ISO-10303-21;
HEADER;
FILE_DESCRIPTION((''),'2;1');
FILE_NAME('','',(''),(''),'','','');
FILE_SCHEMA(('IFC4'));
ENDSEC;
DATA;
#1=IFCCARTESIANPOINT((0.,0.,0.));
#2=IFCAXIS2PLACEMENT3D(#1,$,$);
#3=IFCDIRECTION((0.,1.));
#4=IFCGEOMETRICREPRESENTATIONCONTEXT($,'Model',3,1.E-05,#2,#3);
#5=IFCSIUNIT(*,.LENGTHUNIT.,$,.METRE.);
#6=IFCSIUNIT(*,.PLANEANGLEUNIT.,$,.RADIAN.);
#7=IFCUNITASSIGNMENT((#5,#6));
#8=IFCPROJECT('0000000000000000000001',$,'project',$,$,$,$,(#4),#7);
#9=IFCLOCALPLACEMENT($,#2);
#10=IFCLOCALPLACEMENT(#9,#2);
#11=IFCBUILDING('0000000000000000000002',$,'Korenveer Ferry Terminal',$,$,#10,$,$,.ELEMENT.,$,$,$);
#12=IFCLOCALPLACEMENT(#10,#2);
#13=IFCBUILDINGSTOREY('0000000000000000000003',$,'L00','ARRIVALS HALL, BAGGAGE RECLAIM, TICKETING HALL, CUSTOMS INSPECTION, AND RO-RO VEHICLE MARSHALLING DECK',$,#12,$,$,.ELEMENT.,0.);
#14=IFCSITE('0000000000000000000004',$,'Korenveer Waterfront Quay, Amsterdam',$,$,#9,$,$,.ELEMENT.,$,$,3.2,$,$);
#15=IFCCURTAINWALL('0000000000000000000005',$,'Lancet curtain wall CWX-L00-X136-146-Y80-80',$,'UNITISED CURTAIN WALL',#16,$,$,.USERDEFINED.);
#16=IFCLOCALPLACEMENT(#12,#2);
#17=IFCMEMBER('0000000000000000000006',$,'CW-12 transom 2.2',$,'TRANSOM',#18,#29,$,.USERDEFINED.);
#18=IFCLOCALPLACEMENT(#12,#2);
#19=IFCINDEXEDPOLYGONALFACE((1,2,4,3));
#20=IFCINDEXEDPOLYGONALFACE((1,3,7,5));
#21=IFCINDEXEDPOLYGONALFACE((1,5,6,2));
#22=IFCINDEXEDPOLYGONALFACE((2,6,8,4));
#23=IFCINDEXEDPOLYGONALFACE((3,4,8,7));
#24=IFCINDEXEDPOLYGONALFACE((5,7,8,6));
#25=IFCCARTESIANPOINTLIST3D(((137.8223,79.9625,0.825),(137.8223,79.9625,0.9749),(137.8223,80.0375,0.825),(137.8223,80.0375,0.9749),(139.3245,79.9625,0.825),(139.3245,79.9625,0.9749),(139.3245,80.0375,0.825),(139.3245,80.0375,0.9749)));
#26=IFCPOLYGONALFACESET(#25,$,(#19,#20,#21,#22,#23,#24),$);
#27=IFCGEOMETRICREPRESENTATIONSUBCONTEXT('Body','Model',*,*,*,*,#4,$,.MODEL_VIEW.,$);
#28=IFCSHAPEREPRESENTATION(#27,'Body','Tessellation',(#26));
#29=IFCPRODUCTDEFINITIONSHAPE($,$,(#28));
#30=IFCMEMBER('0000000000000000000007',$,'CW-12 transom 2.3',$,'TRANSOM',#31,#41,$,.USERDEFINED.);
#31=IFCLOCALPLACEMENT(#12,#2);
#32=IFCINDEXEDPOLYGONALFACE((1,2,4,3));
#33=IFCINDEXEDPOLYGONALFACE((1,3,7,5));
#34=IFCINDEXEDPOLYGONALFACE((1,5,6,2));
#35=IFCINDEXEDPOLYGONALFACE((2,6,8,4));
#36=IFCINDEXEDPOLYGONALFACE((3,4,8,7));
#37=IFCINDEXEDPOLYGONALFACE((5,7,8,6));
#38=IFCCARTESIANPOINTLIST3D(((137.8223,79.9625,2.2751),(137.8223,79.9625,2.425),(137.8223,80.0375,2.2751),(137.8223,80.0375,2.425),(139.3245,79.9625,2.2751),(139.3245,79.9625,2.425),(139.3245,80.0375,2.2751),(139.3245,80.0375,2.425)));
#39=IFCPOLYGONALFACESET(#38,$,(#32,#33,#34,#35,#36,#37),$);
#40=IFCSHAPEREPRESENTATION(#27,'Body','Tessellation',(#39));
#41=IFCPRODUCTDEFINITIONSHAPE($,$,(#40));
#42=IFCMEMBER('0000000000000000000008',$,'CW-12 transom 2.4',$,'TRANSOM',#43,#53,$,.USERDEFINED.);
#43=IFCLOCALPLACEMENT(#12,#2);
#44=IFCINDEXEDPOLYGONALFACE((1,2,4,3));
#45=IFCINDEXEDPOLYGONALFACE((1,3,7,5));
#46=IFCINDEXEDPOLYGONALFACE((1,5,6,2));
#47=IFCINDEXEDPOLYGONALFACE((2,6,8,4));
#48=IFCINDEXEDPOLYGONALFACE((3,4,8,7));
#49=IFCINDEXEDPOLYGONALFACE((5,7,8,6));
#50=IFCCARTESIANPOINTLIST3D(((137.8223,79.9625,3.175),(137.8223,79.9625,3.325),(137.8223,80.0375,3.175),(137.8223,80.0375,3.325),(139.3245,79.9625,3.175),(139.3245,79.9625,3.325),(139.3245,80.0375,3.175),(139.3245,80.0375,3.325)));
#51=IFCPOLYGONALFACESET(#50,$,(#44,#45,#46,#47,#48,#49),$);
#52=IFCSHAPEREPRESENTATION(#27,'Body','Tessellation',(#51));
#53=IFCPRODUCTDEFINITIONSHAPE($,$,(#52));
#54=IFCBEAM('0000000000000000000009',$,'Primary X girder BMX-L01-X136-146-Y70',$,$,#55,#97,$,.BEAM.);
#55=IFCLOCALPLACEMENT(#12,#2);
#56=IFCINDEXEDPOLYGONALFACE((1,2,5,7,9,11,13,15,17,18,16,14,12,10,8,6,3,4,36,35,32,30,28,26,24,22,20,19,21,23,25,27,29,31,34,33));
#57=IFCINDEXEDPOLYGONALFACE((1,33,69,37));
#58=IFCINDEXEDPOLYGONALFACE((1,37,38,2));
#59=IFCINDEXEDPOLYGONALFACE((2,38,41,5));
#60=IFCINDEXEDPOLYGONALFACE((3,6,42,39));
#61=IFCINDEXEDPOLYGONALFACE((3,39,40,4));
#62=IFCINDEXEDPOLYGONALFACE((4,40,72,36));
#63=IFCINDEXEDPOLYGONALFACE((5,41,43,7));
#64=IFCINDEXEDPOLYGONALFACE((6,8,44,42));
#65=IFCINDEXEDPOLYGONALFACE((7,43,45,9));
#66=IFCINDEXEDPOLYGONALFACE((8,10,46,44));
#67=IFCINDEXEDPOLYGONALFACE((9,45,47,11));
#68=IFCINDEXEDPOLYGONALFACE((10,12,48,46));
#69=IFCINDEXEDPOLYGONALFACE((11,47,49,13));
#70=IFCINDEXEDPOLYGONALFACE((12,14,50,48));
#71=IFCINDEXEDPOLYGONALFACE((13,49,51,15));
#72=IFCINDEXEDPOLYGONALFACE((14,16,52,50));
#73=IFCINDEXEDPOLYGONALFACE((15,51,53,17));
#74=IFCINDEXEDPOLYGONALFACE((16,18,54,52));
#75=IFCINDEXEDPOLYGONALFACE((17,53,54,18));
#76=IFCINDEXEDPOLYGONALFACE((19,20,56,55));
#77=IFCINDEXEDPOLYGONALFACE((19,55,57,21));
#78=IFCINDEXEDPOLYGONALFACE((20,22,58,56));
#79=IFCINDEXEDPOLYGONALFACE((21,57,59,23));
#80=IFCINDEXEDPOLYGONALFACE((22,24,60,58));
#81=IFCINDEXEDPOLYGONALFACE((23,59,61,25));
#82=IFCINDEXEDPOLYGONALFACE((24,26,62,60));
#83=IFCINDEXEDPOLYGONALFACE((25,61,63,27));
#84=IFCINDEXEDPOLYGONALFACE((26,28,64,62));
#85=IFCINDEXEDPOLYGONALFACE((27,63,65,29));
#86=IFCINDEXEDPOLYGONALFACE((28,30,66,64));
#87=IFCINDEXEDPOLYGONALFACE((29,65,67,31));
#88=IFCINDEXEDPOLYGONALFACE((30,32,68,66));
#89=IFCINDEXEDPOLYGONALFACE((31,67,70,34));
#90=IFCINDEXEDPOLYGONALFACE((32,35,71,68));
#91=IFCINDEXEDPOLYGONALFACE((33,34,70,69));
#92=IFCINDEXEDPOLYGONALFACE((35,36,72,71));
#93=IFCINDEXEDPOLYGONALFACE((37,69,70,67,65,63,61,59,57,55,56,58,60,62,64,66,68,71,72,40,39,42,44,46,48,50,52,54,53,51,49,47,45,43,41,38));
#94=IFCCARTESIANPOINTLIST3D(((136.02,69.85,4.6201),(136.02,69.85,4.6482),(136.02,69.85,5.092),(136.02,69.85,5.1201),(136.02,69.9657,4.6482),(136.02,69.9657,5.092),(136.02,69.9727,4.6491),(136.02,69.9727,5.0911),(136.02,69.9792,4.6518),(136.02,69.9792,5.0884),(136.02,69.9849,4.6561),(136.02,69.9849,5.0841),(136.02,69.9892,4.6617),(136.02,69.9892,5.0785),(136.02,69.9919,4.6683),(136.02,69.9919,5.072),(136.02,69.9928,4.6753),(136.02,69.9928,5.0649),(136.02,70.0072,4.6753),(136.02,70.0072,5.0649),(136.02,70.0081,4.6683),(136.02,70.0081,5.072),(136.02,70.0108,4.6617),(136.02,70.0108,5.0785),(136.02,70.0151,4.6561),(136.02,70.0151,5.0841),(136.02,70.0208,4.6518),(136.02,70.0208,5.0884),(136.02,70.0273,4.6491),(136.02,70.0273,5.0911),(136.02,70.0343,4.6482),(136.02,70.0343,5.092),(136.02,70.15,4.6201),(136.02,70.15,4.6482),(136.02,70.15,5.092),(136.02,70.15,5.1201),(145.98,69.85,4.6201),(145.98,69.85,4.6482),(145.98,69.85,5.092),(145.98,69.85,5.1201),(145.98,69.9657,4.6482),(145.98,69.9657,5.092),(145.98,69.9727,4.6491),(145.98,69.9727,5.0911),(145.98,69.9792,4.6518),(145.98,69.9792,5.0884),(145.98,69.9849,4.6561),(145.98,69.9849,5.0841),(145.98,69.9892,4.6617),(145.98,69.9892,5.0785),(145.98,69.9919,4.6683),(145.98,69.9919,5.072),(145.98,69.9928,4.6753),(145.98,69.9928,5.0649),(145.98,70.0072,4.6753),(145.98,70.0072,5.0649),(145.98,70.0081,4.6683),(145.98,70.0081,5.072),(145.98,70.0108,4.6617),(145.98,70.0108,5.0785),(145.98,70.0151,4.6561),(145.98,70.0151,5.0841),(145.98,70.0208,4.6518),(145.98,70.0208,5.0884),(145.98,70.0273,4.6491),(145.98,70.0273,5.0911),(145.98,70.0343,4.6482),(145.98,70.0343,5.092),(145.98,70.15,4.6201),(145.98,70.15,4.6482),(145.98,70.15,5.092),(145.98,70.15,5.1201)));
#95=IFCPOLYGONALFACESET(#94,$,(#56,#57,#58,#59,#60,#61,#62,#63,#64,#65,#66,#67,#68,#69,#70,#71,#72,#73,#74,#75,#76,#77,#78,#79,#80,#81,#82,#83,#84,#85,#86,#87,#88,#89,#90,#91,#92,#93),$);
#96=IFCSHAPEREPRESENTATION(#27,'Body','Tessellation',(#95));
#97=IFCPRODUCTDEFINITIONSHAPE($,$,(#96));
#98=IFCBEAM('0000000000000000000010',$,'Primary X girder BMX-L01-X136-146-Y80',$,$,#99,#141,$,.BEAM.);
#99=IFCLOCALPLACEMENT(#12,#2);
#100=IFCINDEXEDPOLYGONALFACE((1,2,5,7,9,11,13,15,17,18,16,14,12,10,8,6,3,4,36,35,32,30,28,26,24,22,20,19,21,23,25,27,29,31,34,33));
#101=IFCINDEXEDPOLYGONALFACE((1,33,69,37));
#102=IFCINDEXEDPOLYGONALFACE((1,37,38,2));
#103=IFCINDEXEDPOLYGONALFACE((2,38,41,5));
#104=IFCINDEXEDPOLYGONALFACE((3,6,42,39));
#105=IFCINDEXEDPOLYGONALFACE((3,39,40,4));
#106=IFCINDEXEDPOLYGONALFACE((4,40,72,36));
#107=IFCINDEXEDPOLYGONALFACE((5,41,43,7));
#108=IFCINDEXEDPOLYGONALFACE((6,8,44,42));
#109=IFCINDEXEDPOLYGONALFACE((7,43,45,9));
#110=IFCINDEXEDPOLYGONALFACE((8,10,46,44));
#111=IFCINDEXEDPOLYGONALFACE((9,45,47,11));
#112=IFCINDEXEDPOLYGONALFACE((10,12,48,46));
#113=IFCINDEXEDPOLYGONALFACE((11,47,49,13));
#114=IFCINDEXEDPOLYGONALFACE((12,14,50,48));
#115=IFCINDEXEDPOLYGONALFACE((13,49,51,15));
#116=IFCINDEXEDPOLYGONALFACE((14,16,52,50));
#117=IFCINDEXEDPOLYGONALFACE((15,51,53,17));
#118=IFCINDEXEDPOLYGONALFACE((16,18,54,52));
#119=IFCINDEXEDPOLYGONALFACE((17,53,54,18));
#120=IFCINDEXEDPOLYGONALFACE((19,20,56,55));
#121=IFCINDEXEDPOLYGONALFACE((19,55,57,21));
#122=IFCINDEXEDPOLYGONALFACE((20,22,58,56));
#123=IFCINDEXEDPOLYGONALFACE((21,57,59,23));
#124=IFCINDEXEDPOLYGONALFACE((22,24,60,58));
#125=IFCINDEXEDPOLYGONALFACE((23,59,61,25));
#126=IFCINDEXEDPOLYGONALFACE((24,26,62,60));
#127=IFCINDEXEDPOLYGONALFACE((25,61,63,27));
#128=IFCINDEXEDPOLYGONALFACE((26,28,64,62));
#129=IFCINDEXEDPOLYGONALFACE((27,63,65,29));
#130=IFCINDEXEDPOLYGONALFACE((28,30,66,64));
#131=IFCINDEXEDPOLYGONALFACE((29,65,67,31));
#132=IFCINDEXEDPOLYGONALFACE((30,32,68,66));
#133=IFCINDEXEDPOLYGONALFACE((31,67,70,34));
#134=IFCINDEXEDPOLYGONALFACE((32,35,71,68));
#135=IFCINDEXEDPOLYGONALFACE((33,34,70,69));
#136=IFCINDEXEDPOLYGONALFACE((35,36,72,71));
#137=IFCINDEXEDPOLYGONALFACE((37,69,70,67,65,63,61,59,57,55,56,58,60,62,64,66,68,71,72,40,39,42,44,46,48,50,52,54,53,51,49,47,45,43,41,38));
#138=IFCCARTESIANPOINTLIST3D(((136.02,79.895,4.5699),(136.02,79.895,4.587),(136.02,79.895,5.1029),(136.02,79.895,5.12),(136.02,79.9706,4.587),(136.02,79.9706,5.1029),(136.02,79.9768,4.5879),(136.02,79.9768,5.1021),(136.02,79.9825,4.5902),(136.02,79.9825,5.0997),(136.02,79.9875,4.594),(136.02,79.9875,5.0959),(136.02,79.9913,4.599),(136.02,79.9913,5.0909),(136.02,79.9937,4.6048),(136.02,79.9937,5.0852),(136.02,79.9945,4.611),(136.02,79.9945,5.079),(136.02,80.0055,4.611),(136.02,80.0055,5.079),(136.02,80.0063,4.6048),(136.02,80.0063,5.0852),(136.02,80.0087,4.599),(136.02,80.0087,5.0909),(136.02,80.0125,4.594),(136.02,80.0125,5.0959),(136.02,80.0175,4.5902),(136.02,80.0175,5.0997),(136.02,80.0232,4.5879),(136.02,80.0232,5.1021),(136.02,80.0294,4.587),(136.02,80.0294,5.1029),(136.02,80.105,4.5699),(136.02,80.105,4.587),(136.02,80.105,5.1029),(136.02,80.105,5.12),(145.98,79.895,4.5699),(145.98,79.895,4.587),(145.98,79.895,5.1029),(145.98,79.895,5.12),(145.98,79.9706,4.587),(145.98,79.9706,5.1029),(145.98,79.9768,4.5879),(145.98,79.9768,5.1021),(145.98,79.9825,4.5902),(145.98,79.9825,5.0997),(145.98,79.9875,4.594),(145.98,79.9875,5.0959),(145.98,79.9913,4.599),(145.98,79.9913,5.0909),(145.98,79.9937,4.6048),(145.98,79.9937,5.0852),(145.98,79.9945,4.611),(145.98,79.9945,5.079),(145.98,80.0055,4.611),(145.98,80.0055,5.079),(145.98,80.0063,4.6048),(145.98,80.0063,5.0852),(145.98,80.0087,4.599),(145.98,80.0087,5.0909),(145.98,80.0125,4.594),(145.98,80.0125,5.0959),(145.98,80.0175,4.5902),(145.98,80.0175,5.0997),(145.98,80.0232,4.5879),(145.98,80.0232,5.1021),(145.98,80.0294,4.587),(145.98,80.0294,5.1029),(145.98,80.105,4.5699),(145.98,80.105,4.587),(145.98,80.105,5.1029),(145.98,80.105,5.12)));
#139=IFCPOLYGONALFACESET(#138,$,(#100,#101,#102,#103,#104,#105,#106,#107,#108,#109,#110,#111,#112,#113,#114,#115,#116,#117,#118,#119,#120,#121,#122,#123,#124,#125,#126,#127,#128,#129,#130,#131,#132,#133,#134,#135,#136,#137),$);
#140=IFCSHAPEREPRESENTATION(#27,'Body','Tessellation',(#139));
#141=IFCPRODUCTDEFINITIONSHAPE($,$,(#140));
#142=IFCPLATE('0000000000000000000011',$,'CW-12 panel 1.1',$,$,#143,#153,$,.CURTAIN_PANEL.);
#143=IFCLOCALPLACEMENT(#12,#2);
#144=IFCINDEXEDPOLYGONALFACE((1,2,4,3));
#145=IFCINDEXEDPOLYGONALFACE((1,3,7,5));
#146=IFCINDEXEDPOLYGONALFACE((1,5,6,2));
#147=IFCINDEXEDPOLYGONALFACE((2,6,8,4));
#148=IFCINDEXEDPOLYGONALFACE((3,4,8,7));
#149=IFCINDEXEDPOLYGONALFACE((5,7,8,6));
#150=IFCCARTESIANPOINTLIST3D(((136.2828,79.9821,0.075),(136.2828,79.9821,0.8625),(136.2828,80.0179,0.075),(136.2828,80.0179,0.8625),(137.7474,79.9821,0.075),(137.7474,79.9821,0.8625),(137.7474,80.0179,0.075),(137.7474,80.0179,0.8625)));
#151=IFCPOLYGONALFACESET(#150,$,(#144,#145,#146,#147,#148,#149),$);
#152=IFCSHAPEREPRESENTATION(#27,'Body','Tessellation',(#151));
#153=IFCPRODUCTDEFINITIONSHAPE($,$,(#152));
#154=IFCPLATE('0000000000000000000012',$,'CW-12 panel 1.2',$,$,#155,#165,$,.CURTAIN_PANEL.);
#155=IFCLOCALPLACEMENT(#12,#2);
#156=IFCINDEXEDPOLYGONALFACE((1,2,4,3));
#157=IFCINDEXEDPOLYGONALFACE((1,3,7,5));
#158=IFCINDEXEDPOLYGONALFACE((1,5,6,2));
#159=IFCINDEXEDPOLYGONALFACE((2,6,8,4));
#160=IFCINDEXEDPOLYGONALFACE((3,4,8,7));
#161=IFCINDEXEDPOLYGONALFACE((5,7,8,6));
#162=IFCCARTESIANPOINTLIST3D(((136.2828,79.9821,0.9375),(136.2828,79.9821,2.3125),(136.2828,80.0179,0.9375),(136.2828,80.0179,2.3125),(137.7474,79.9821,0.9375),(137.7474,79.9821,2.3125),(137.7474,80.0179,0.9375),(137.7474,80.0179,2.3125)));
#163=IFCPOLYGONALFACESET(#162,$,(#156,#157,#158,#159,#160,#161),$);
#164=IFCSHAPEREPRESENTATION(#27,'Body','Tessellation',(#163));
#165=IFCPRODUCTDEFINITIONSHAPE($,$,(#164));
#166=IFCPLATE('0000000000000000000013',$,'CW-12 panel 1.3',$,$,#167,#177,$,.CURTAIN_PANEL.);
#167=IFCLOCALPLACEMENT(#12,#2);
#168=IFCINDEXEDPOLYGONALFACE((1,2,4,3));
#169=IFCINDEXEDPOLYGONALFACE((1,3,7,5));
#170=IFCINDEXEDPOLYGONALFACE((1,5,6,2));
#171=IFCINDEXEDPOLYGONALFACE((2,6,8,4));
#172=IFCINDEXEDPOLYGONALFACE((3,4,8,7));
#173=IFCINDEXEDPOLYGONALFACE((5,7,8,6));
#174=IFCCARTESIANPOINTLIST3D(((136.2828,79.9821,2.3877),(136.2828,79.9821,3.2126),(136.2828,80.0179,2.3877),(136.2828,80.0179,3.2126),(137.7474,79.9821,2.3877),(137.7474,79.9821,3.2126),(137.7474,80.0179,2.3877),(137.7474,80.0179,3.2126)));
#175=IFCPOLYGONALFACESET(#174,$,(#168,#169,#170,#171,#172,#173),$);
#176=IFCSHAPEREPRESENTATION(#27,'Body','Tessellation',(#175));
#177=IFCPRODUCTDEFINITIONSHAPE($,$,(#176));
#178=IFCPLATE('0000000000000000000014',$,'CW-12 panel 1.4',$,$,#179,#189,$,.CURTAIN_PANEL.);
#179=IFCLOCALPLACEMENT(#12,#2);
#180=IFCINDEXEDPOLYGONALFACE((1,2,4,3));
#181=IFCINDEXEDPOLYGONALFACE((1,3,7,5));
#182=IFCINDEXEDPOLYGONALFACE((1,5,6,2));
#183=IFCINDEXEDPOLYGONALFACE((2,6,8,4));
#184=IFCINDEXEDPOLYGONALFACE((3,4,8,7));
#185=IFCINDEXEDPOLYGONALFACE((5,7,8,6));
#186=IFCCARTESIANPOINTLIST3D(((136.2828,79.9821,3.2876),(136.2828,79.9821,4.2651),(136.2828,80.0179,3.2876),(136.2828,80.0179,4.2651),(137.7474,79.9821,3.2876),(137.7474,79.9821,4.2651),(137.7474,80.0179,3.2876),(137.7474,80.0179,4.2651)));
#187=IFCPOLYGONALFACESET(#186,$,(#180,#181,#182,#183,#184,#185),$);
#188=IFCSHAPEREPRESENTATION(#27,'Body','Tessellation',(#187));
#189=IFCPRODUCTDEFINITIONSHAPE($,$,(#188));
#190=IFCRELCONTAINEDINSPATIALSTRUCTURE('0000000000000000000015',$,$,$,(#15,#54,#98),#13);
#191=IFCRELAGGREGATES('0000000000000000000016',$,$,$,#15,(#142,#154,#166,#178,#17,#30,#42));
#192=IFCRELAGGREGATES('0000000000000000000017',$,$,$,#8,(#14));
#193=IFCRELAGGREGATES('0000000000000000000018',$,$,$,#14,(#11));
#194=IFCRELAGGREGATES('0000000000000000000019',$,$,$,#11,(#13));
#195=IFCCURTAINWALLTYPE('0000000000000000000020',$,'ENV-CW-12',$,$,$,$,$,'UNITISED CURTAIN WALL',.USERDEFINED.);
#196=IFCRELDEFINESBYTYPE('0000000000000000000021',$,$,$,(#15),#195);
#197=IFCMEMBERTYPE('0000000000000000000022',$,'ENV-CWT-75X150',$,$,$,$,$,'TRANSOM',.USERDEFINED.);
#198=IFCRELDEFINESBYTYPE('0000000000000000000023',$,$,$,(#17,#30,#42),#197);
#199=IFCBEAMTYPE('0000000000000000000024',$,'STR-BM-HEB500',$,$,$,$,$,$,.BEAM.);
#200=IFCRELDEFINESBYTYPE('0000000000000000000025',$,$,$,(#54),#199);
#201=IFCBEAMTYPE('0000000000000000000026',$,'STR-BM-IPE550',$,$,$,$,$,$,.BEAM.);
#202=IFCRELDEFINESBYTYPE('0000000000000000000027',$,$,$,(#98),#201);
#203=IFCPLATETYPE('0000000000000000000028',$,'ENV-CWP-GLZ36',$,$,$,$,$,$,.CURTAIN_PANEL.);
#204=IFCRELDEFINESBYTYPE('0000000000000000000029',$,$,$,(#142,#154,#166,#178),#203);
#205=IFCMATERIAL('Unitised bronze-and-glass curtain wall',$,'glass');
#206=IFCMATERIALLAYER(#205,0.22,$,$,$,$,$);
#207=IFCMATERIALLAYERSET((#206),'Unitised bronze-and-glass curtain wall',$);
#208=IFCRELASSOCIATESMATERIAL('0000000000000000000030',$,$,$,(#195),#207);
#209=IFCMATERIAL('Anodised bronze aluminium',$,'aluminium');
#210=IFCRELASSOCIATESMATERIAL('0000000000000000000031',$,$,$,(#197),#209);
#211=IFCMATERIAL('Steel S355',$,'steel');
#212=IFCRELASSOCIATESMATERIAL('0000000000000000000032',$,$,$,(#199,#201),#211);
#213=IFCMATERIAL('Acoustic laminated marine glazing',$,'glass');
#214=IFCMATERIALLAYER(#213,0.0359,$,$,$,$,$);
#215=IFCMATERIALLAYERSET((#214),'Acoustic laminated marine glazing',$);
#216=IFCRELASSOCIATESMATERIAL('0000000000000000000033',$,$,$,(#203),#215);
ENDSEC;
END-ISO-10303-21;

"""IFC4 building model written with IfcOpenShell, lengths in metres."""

from ifc_helpers import new_model, si_unit, direction, frame, origin, origin_2d, place, context, subcontext, project, spatial, rectangle, i_section, extrude, material, layer, layer_set, material_profile, profile_set, type_object, element, aggregate, save


model = new_model("IFC4")

# Units and contexts
model_context = context("Model", 3, precision=1e-05, world=origin(), true_north=direction((0.0, 1.0)))
body_context = subcontext(model_context, "Body", "Model", "MODEL_VIEW")
ifc_project = project(units=[si_unit("LENGTHUNIT", "METRE"), si_unit("PLANEANGLEUNIT", "RADIAN")], contexts=[model_context])

# Site, building, storey
site_placement = place(None, origin())
site = spatial("IfcSite", under=ifc_project, at=site_placement, Name="Korenveer Waterfront Quay, Amsterdam", CompositionType="ELEMENT", RefElevation=3.2)
building_placement = place(site_placement, origin())
building = spatial("IfcBuilding", under=site, at=building_placement, Name="Korenveer Ferry Terminal", CompositionType="ELEMENT")
storey_placement = place(building_placement, origin())
storey = spatial("IfcBuildingStorey", under=building, at=storey_placement, Name="L00", Description="ARRIVALS HALL, BAGGAGE RECLAIM, TICKETING HALL, CUSTOMS INSPECTION, AND RO-RO VEHICLE MARSHALLING DECK", CompositionType="ELEMENT", Elevation=0.0)

# Curtain wall, members
ifc_material_1 = material(Name="Unitised bronze-and-glass curtain wall", Category="glass")
ifc_layer_1 = layer(ifc_material_1, 0.22)
ifc_layer_set_1 = layer_set([ifc_layer_1], Name="Unitised bronze-and-glass curtain wall")
curtain_wall_type = type_object("IfcCurtainWallType", Name="ENV-CW-12", ElementType="UNITISED CURTAIN WALL", PredefinedType="USERDEFINED", material=ifc_layer_set_1)
curtain_wall_placement = place(storey_placement, frame((136.2078, 80.0, 0.0)))
curtain_wall = element("IfcCurtainWall", 1, at=curtain_wall_placement, inside=storey, type_object=curtain_wall_type, Name="Lancet curtain wall CWX-L00-X136-146-Y80-80", ObjectType="UNITISED CURTAIN WALL", PredefinedType="USERDEFINED")
ifc_material_2 = material(Name="Anodised bronze aluminium", Category="aluminium")
ifc_material_profile_1 = material_profile(ifc_material_2, rectangle(XDim=0.075, YDim=0.1499, at=origin_2d()), Name="ALU 75x150")
ifc_profile_set_1 = profile_set([ifc_material_profile_1], Name="Anodised bronze aluminium")
member_type_1 = type_object("IfcMemberType", Name="ENV-CWT-75X150", ElementType="TRANSOM", PredefinedType="USERDEFINED", material=ifc_profile_set_1)
member_1_placement = place(storey_placement, frame((137.8223, 80.0, 0.8999), z_axis=(1.0, 0.0, 0.0), x_axis=(0.0, 1.0, 0.0)))
member_1 = element("IfcMember", 2, at=member_1_placement, type_object=member_type_1, Name="CW-12 transom 2.2", ObjectType="TRANSOM", PredefinedType="USERDEFINED", context=body_context, shape_type="SweptSolid", body=[
    extrude(rectangle(XDim=0.075, YDim=0.1499, at=origin_2d()), origin(), (0.0, 0.0, 1.0), 1.5022),
])
member_2_placement = place(storey_placement, frame((137.8223, 80.0, 2.3501), z_axis=(1.0, 0.0, 0.0), x_axis=(0.0, 1.0, 0.0)))
member_2 = element("IfcMember", 3, at=member_2_placement, type_object=member_type_1, Name="CW-12 transom 2.3", ObjectType="TRANSOM", PredefinedType="USERDEFINED", context=body_context, shape_type="SweptSolid", body=[
    extrude(rectangle(XDim=0.075, YDim=0.1499, at=origin_2d()), origin(), (0.0, 0.0, 1.0), 1.5022),
])
member_3_placement = place(storey_placement, frame((137.8223, 80.0, 3.25), z_axis=(1.0, 0.0, 0.0), x_axis=(0.0, 1.0, 0.0)))
member_3 = element("IfcMember", 4, at=member_3_placement, type_object=member_type_1, Name="CW-12 transom 2.4", ObjectType="TRANSOM", PredefinedType="USERDEFINED", context=body_context, shape_type="SweptSolid", body=[
    extrude(rectangle(XDim=0.075, YDim=0.1499, at=origin_2d()), origin(), (0.0, 0.0, 1.0), 1.5022),
])

# Beams
ifc_material_3 = material(Name="Steel S355", Category="steel")
ifc_material_profile_2 = material_profile(ifc_material_3, i_section(OverallWidth=0.3, OverallDepth=0.5, WebThickness=0.0144, FlangeThickness=0.0281, FilletRadius=0.0271, at=origin_2d()), Name="HEB 500")
ifc_profile_set_2 = profile_set([ifc_material_profile_2], Name="Steel S355")
beam_type_1 = type_object("IfcBeamType", Name="STR-BM-HEB500", PredefinedType="BEAM", material=ifc_profile_set_2)
beam_1_placement = place(storey_placement, frame((136.02, 70.0, 4.8701), z_axis=(1.0, 0.0, 0.0), x_axis=(0.0, 1.0, 0.0)))
element("IfcBeam", 5, at=beam_1_placement, inside=storey, type_object=beam_type_1, Name="Primary X girder BMX-L01-X136-146-Y70", PredefinedType="BEAM", context=body_context, shape_type="SweptSolid", body=[
    extrude(i_section(OverallWidth=0.3, OverallDepth=0.5, WebThickness=0.0144, FlangeThickness=0.0281, FilletRadius=0.0271, at=origin_2d()), origin(), (0.0, 0.0, 1.0), 9.96),
])
ifc_material_profile_3 = material_profile(ifc_material_3, i_section(OverallWidth=0.21, OverallDepth=0.55, WebThickness=0.011, FlangeThickness=0.0171, FilletRadius=0.0239, at=origin_2d()), Name="IPE 550")
ifc_profile_set_3 = profile_set([ifc_material_profile_3], Name="Steel S355")
beam_type_2 = type_object("IfcBeamType", Name="STR-BM-IPE550", PredefinedType="BEAM", material=ifc_profile_set_3)
beam_2_placement = place(storey_placement, frame((136.02, 80.0, 4.845), z_axis=(1.0, 0.0, 0.0), x_axis=(0.0, 1.0, 0.0)))
element("IfcBeam", 6, at=beam_2_placement, inside=storey, type_object=beam_type_2, Name="Primary X girder BMX-L01-X136-146-Y80", PredefinedType="BEAM", context=body_context, shape_type="SweptSolid", body=[
    extrude(i_section(OverallWidth=0.21, OverallDepth=0.55, WebThickness=0.011, FlangeThickness=0.0171, FilletRadius=0.0239, at=origin_2d()), origin(), (0.0, 0.0, 1.0), 9.96),
])

# Plates
ifc_material_4 = material(Name="Acoustic laminated marine glazing", Category="glass")
ifc_layer_2 = layer(ifc_material_4, 0.0359)
ifc_layer_set_2 = layer_set([ifc_layer_2], Name="Acoustic laminated marine glazing")
plate_type = type_object("IfcPlateType", Name="ENV-CWP-GLZ36", PredefinedType="CURTAIN_PANEL", material=ifc_layer_set_2)
plate_1_placement = place(storey_placement, frame((137.0151, 80.0, 0.075), z_axis=(0.0, 0.0, 1.0), x_axis=(1.0, 0.0, 0.0)))
plate_1 = element("IfcPlate", 7, at=plate_1_placement, type_object=plate_type, Name="CW-12 panel 1.1", PredefinedType="CURTAIN_PANEL", context=body_context, shape_type="SweptSolid", body=[
    extrude(rectangle(XDim=1.4646, YDim=0.0359, at=origin_2d()), origin(), (0.0, 0.0, 1.0), 0.7876),
])
plate_2_placement = place(storey_placement, frame((137.0151, 80.0, 0.9375), z_axis=(0.0, 0.0, 1.0), x_axis=(1.0, 0.0, 0.0)))
plate_2 = element("IfcPlate", 8, at=plate_2_placement, type_object=plate_type, Name="CW-12 panel 1.2", PredefinedType="CURTAIN_PANEL", context=body_context, shape_type="SweptSolid", body=[
    extrude(rectangle(XDim=1.4646, YDim=0.0359, at=origin_2d()), origin(), (0.0, 0.0, 1.0), 1.375),
])
plate_3_placement = place(storey_placement, frame((137.0151, 80.0, 2.3877), z_axis=(0.0, 0.0, 1.0), x_axis=(1.0, 0.0, 0.0)))
plate_3 = element("IfcPlate", 9, at=plate_3_placement, type_object=plate_type, Name="CW-12 panel 1.3", PredefinedType="CURTAIN_PANEL", context=body_context, shape_type="SweptSolid", body=[
    extrude(rectangle(XDim=1.4646, YDim=0.0359, at=origin_2d()), origin(), (0.0, 0.0, 1.0), 0.825),
])
plate_4_placement = place(storey_placement, frame((137.0151, 80.0, 3.2876), z_axis=(0.0, 0.0, 1.0), x_axis=(1.0, 0.0, 0.0)))
plate_4 = element("IfcPlate", 10, at=plate_4_placement, type_object=plate_type, Name="CW-12 panel 1.4", PredefinedType="CURTAIN_PANEL", context=body_context, shape_type="SweptSolid", body=[
    extrude(rectangle(XDim=1.4646, YDim=0.0359, at=origin_2d()), origin(), (0.0, 0.0, 1.0), 0.9775),
])
aggregate(curtain_wall, [plate_1, plate_2, plate_3, plate_4, member_1, member_2, member_3])

save(model, "model.ifc")
